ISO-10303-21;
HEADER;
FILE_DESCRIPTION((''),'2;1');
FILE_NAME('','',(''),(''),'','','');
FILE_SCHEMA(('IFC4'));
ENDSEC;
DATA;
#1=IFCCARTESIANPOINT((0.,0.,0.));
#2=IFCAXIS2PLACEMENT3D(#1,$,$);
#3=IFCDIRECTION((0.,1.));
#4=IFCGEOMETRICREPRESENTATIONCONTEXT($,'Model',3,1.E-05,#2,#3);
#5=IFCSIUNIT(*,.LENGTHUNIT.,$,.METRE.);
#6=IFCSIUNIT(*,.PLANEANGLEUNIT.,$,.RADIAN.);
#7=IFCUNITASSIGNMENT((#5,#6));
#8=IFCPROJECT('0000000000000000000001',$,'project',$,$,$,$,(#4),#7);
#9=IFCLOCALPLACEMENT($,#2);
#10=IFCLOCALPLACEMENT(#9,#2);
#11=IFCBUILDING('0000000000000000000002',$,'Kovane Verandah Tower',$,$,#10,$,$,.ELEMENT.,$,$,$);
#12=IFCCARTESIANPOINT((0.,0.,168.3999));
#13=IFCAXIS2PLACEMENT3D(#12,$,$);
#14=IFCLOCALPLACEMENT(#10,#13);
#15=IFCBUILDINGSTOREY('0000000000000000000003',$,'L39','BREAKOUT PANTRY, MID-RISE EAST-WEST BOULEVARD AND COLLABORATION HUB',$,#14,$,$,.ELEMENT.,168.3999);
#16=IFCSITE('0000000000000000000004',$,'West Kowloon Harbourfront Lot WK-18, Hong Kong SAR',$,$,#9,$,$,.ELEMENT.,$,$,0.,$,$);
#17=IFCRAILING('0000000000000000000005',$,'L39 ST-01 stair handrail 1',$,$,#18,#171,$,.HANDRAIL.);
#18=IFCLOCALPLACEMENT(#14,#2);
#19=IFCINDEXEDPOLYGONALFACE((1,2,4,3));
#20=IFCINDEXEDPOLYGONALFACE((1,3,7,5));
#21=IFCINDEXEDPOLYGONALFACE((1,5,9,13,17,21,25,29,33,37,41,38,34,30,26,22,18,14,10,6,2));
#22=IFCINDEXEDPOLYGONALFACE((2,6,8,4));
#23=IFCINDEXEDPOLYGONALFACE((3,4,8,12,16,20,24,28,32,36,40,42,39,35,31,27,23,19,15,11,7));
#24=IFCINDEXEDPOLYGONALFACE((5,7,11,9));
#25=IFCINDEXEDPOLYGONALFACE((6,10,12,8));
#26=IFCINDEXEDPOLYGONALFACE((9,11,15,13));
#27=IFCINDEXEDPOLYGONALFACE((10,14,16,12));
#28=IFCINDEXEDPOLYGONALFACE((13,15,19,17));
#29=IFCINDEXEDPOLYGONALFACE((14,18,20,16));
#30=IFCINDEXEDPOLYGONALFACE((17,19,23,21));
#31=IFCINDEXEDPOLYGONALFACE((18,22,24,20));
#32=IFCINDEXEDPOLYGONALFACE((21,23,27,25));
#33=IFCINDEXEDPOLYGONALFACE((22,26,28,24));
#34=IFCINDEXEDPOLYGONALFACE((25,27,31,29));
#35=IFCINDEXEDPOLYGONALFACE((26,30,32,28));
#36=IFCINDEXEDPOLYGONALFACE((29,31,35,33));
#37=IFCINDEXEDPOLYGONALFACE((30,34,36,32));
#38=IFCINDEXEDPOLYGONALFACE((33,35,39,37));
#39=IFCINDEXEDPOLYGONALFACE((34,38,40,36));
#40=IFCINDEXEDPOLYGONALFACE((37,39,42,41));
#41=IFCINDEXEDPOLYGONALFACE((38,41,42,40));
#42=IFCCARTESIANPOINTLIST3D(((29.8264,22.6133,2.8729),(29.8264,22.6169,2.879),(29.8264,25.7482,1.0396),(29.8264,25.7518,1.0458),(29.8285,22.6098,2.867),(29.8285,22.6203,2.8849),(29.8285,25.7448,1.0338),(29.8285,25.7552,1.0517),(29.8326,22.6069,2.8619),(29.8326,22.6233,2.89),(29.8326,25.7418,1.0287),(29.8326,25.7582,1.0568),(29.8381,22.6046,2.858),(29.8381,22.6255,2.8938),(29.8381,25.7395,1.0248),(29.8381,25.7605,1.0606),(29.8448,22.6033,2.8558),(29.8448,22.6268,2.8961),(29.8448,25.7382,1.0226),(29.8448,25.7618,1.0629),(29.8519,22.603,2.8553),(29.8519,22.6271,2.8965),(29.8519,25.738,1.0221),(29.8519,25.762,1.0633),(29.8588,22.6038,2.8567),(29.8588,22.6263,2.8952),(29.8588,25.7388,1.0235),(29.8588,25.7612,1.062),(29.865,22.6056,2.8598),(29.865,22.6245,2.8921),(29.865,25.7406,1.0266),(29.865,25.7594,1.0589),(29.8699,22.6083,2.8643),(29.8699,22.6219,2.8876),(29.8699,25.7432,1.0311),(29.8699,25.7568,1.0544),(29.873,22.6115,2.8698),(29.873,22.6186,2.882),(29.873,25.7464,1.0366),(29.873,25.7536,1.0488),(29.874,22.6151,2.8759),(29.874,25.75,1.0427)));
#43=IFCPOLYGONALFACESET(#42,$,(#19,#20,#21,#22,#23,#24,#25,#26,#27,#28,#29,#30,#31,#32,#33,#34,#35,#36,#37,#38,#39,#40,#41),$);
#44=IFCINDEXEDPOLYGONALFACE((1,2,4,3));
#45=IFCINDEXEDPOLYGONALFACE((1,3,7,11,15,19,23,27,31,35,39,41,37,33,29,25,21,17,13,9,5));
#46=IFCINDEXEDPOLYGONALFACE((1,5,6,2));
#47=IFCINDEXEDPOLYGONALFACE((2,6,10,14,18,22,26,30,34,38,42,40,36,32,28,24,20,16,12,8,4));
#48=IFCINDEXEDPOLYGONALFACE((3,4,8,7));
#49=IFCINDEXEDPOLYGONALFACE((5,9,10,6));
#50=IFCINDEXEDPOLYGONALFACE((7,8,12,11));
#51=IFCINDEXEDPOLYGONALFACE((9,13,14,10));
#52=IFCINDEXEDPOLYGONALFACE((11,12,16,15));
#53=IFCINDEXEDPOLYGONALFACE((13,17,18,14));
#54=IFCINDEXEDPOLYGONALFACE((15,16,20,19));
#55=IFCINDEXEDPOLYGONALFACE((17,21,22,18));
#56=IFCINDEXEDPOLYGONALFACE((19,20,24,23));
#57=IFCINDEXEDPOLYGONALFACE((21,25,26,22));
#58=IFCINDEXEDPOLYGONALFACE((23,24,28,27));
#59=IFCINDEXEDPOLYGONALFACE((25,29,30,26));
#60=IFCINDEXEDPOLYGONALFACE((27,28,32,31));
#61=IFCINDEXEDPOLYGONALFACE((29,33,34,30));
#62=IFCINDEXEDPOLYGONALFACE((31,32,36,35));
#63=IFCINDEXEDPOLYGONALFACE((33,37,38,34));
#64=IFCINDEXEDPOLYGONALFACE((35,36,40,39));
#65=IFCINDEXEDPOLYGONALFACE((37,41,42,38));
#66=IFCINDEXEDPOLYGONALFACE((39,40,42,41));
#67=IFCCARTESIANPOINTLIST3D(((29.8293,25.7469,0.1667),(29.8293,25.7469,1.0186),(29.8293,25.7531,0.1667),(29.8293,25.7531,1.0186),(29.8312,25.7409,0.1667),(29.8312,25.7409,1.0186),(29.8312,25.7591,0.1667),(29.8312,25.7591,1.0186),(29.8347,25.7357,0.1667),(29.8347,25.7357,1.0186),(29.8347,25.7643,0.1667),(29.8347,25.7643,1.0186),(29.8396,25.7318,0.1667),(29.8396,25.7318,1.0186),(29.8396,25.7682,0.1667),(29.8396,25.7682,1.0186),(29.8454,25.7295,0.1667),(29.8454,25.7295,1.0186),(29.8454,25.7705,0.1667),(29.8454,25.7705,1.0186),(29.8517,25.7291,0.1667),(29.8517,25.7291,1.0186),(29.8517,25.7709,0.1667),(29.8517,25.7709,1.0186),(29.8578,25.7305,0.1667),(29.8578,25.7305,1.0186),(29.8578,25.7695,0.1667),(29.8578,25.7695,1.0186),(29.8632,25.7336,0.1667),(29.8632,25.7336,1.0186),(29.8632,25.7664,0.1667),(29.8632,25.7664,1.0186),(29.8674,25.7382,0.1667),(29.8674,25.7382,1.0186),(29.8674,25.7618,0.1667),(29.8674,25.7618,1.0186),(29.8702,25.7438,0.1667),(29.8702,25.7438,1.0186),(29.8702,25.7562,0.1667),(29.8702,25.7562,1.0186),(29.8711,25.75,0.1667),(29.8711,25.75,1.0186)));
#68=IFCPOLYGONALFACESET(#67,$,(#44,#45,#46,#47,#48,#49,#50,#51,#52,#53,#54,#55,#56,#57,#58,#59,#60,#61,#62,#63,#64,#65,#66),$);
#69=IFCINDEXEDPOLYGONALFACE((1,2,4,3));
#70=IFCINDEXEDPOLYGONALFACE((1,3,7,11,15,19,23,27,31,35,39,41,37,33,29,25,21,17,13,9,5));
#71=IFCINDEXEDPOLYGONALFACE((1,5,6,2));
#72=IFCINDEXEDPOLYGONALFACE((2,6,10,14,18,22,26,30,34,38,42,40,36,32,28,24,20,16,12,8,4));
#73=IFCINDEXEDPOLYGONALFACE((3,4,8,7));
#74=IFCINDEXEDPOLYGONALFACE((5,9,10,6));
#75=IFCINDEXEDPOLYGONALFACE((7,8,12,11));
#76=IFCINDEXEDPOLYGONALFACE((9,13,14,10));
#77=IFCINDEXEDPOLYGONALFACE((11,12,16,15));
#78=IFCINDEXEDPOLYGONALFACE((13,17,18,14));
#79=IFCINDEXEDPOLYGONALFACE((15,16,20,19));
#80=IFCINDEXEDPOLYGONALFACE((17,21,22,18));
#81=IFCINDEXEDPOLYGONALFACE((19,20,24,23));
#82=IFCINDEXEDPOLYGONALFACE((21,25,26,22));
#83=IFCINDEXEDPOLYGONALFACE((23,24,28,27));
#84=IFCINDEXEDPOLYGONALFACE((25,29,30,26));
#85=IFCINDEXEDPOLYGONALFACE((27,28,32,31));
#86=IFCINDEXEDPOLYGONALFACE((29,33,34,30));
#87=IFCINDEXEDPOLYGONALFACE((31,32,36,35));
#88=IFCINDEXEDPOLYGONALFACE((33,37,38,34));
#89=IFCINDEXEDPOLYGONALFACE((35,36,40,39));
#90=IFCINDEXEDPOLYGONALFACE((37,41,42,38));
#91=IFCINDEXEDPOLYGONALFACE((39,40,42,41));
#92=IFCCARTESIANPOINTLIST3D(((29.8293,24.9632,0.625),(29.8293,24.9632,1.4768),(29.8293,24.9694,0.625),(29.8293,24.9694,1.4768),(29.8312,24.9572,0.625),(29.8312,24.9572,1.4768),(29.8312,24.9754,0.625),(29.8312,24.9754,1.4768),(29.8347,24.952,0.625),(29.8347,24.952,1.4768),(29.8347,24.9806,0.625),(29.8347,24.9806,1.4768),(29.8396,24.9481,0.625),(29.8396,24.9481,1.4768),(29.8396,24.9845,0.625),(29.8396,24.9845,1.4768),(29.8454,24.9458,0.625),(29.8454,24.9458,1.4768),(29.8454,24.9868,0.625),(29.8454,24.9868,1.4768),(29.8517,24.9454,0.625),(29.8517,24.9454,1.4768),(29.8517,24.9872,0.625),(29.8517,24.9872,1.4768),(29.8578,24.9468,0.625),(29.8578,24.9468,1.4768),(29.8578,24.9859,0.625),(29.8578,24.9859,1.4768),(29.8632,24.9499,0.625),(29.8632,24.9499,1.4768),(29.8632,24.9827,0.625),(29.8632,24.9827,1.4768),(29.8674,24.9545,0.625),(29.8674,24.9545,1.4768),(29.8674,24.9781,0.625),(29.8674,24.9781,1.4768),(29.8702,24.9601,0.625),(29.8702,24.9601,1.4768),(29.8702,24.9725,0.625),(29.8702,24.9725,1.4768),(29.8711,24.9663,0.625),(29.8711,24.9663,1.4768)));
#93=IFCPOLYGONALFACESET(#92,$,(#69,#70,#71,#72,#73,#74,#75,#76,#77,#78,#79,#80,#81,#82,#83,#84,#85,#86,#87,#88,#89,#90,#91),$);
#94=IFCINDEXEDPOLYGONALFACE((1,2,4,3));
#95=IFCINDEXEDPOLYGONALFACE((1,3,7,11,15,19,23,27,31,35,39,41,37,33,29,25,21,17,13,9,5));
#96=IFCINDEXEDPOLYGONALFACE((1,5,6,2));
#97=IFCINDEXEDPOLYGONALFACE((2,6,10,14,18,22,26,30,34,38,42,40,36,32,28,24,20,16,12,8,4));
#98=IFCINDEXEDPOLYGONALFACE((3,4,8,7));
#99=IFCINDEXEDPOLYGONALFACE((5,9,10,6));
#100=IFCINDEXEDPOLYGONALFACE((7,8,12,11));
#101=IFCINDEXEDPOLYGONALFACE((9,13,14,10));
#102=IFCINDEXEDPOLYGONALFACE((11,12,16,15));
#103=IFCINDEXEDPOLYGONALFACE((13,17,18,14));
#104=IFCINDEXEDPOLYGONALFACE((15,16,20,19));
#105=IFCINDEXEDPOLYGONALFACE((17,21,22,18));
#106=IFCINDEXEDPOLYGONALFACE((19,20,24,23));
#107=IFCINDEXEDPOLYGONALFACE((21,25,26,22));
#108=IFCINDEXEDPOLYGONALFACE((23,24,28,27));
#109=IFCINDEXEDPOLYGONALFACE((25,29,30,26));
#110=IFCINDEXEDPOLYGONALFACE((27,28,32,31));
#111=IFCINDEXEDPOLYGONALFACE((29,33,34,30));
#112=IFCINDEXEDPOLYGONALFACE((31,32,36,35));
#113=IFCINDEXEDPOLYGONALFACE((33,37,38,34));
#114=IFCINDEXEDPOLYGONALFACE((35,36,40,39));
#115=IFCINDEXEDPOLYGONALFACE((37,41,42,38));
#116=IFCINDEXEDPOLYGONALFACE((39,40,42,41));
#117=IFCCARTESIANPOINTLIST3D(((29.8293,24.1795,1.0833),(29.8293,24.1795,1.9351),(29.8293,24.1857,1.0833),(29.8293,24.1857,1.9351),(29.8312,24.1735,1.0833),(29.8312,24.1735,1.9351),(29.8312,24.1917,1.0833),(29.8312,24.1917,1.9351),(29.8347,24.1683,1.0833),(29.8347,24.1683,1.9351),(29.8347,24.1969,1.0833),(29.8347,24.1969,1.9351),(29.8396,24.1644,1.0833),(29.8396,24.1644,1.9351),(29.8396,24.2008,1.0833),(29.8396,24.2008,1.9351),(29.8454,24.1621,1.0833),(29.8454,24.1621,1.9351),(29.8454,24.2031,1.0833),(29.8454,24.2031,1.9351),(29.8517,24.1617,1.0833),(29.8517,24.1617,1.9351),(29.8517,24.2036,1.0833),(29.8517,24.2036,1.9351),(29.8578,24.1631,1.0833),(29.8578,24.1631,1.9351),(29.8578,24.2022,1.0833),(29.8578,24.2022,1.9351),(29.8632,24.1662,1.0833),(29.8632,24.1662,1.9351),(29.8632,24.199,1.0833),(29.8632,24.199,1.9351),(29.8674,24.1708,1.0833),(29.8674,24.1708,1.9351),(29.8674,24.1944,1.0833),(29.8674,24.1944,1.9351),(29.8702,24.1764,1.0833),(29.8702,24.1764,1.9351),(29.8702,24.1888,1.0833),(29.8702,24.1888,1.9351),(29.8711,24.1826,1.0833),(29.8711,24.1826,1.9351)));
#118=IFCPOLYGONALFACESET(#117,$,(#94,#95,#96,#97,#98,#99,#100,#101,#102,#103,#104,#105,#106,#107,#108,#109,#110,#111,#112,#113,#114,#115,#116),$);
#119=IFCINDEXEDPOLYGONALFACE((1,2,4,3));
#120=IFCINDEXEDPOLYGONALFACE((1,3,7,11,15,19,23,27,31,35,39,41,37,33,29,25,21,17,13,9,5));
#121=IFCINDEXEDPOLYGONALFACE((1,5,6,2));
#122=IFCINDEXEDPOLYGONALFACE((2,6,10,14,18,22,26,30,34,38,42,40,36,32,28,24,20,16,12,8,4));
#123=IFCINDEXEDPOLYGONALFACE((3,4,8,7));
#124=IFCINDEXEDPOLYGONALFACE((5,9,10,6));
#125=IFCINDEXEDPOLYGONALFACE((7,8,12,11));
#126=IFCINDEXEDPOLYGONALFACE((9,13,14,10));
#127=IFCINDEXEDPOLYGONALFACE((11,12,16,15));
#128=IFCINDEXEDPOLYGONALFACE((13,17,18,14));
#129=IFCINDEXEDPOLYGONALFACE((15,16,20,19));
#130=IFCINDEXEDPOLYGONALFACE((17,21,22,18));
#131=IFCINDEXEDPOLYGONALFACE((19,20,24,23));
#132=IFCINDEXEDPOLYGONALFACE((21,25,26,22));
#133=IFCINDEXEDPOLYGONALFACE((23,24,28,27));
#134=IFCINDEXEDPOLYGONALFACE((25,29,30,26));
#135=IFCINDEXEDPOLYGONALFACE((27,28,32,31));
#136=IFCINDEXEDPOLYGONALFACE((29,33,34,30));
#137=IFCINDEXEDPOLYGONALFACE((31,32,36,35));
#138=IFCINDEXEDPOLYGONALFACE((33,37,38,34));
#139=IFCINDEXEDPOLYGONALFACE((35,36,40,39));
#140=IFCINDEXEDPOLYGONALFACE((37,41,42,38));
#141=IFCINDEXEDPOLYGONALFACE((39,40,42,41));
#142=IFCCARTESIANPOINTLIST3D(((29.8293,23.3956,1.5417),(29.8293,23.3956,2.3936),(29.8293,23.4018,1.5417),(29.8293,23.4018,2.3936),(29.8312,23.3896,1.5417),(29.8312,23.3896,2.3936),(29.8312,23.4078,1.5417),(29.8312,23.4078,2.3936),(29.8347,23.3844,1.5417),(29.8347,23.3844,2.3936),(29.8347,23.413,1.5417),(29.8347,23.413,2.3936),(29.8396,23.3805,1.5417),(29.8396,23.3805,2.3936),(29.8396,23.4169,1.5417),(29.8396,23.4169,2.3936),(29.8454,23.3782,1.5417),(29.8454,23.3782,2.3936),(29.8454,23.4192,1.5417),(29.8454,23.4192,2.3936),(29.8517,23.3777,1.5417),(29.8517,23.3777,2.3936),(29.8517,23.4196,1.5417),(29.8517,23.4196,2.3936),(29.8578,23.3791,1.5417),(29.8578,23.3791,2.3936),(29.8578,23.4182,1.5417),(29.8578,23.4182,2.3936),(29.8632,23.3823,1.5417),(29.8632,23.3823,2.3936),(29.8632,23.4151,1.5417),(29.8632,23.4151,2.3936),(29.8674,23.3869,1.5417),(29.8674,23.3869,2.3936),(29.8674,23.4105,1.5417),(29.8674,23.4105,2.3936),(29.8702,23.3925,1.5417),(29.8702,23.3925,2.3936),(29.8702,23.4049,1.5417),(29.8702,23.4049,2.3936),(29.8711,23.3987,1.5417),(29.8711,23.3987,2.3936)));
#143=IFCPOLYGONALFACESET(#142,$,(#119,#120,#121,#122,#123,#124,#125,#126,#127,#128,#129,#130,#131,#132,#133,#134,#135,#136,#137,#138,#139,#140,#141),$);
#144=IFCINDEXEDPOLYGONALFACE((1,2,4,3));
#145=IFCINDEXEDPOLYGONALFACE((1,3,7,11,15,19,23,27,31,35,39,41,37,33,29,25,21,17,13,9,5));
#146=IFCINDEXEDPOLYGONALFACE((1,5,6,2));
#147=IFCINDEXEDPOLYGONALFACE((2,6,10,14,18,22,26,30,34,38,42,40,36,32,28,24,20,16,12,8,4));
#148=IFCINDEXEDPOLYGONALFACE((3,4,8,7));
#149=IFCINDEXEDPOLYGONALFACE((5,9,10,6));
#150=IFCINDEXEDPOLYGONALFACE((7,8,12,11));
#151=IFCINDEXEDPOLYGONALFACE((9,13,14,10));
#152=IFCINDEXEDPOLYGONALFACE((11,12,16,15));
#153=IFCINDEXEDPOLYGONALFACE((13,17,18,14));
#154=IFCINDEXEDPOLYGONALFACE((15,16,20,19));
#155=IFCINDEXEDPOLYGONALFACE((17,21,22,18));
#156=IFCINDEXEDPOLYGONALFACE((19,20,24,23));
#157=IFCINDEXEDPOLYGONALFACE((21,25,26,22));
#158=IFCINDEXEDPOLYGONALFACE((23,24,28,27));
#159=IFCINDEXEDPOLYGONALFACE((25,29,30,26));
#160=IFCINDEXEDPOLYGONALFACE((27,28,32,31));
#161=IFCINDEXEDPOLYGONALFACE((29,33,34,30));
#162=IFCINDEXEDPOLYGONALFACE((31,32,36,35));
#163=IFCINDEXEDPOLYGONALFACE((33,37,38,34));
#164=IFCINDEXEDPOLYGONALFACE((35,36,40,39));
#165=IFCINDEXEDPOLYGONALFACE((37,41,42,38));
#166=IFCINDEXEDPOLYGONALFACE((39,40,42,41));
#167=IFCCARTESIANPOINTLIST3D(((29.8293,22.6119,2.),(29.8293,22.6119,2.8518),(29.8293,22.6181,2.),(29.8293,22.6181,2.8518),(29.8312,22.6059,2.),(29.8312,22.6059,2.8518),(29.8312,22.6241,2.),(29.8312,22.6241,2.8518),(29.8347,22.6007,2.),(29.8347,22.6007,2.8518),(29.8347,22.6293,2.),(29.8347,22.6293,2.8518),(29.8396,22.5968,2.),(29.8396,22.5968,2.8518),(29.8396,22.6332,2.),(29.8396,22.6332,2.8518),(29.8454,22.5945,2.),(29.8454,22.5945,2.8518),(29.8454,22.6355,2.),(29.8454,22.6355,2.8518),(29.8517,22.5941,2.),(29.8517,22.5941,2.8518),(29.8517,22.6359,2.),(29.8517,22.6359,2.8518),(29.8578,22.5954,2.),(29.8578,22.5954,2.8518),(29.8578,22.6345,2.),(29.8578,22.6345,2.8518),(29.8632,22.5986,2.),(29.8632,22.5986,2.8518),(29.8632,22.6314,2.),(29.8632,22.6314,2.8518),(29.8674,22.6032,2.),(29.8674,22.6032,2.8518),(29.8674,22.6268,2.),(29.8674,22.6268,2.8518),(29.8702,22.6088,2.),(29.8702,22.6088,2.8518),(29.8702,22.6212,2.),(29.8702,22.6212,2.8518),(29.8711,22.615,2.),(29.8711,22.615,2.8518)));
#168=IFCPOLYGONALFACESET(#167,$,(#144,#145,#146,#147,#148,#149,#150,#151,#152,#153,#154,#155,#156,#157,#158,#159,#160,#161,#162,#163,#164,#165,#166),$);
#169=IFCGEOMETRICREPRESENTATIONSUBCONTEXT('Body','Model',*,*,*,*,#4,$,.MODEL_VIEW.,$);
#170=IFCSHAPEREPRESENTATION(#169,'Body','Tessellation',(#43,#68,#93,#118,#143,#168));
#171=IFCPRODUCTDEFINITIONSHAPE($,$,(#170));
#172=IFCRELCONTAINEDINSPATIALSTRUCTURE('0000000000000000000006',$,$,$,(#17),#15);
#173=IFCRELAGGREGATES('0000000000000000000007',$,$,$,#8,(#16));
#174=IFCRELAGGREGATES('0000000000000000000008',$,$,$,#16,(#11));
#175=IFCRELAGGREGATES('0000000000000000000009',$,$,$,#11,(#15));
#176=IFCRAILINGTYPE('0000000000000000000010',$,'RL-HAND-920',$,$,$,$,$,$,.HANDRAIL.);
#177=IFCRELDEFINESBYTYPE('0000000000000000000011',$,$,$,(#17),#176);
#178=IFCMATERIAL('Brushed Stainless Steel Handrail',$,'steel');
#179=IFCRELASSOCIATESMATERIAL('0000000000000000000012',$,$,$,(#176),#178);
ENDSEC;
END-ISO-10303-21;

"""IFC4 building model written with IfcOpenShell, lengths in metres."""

from ifc_helpers import new_model, si_unit, direction, frame, origin, origin_2d, place, context, subcontext, project, spatial, circle, extrude, material, type_object, element, save


model = new_model("IFC4")

# Units and contexts
model_context = context("Model", 3, precision=1e-05, world=origin(), true_north=direction((0.0, 1.0)))
body_context = subcontext(model_context, "Body", "Model", "MODEL_VIEW")
ifc_project = project(units=[si_unit("LENGTHUNIT", "METRE"), si_unit("PLANEANGLEUNIT", "RADIAN")], contexts=[model_context])

# Site, building, storey
site_placement = place(None, origin())
site = spatial("IfcSite", under=ifc_project, at=site_placement, Name="West Kowloon Harbourfront Lot WK-18, Hong Kong SAR", CompositionType="ELEMENT", RefElevation=0.0)
building_placement = place(site_placement, origin())
building = spatial("IfcBuilding", under=site, at=building_placement, Name="Kovane Verandah Tower", CompositionType="ELEMENT")
storey_placement = place(building_placement, frame((0.0, 0.0, 168.3999)))
storey = spatial("IfcBuildingStorey", under=building, at=storey_placement, Name="L39", Description="BREAKOUT PANTRY, MID-RISE EAST-WEST BOULEVARD AND COLLABORATION HUB", CompositionType="ELEMENT", Elevation=168.3999)

# Railing
ifc_material_1 = material(Name="Brushed Stainless Steel Handrail", Category="steel")
railing_type_1 = type_object("IfcRailingType", Name="RL-HAND-920", PredefinedType="HANDRAIL", material=ifc_material_1)
railing_1_placement = place(storey_placement, frame((29.8501, 25.75, 0.1667)))
element("IfcRailing", 1, at=railing_1_placement, inside=storey, type_object=railing_type_1, Name="L39 ST-01 stair handrail 1", PredefinedType="HANDRAIL", context=body_context, shape_type="SweptSolid", body=[
    extrude(circle(Radius=0.0239, at=origin_2d()), frame((0.0, 0.0, 0.876), z_axis=(0.0, -0.86324, 0.504794), x_axis=(1.0, 0.0, 0.0)), (0.0, 0.0, 1.0), 3.6316),
    extrude(circle(Radius=0.021, at=origin_2d()), origin(), (0.0, 0.0, 1.0), 0.8518),
    extrude(circle(Radius=0.021, at=origin_2d()), frame((0.0, -0.7837, 0.4583)), (0.0, 0.0, 1.0), 0.8518),
    extrude(circle(Radius=0.021, at=origin_2d()), frame((0.0, -1.5674, 0.9165)), (0.0, 0.0, 1.0), 0.8518),
    extrude(circle(Radius=0.021, at=origin_2d()), frame((0.0, -2.3513, 1.375)), (0.0, 0.0, 1.0), 0.8518),
    extrude(circle(Radius=0.021, at=origin_2d()), frame((0.0, -3.135, 1.8333)), (0.0, 0.0, 1.0), 0.8518),
])

save(model, "model.ifc")
